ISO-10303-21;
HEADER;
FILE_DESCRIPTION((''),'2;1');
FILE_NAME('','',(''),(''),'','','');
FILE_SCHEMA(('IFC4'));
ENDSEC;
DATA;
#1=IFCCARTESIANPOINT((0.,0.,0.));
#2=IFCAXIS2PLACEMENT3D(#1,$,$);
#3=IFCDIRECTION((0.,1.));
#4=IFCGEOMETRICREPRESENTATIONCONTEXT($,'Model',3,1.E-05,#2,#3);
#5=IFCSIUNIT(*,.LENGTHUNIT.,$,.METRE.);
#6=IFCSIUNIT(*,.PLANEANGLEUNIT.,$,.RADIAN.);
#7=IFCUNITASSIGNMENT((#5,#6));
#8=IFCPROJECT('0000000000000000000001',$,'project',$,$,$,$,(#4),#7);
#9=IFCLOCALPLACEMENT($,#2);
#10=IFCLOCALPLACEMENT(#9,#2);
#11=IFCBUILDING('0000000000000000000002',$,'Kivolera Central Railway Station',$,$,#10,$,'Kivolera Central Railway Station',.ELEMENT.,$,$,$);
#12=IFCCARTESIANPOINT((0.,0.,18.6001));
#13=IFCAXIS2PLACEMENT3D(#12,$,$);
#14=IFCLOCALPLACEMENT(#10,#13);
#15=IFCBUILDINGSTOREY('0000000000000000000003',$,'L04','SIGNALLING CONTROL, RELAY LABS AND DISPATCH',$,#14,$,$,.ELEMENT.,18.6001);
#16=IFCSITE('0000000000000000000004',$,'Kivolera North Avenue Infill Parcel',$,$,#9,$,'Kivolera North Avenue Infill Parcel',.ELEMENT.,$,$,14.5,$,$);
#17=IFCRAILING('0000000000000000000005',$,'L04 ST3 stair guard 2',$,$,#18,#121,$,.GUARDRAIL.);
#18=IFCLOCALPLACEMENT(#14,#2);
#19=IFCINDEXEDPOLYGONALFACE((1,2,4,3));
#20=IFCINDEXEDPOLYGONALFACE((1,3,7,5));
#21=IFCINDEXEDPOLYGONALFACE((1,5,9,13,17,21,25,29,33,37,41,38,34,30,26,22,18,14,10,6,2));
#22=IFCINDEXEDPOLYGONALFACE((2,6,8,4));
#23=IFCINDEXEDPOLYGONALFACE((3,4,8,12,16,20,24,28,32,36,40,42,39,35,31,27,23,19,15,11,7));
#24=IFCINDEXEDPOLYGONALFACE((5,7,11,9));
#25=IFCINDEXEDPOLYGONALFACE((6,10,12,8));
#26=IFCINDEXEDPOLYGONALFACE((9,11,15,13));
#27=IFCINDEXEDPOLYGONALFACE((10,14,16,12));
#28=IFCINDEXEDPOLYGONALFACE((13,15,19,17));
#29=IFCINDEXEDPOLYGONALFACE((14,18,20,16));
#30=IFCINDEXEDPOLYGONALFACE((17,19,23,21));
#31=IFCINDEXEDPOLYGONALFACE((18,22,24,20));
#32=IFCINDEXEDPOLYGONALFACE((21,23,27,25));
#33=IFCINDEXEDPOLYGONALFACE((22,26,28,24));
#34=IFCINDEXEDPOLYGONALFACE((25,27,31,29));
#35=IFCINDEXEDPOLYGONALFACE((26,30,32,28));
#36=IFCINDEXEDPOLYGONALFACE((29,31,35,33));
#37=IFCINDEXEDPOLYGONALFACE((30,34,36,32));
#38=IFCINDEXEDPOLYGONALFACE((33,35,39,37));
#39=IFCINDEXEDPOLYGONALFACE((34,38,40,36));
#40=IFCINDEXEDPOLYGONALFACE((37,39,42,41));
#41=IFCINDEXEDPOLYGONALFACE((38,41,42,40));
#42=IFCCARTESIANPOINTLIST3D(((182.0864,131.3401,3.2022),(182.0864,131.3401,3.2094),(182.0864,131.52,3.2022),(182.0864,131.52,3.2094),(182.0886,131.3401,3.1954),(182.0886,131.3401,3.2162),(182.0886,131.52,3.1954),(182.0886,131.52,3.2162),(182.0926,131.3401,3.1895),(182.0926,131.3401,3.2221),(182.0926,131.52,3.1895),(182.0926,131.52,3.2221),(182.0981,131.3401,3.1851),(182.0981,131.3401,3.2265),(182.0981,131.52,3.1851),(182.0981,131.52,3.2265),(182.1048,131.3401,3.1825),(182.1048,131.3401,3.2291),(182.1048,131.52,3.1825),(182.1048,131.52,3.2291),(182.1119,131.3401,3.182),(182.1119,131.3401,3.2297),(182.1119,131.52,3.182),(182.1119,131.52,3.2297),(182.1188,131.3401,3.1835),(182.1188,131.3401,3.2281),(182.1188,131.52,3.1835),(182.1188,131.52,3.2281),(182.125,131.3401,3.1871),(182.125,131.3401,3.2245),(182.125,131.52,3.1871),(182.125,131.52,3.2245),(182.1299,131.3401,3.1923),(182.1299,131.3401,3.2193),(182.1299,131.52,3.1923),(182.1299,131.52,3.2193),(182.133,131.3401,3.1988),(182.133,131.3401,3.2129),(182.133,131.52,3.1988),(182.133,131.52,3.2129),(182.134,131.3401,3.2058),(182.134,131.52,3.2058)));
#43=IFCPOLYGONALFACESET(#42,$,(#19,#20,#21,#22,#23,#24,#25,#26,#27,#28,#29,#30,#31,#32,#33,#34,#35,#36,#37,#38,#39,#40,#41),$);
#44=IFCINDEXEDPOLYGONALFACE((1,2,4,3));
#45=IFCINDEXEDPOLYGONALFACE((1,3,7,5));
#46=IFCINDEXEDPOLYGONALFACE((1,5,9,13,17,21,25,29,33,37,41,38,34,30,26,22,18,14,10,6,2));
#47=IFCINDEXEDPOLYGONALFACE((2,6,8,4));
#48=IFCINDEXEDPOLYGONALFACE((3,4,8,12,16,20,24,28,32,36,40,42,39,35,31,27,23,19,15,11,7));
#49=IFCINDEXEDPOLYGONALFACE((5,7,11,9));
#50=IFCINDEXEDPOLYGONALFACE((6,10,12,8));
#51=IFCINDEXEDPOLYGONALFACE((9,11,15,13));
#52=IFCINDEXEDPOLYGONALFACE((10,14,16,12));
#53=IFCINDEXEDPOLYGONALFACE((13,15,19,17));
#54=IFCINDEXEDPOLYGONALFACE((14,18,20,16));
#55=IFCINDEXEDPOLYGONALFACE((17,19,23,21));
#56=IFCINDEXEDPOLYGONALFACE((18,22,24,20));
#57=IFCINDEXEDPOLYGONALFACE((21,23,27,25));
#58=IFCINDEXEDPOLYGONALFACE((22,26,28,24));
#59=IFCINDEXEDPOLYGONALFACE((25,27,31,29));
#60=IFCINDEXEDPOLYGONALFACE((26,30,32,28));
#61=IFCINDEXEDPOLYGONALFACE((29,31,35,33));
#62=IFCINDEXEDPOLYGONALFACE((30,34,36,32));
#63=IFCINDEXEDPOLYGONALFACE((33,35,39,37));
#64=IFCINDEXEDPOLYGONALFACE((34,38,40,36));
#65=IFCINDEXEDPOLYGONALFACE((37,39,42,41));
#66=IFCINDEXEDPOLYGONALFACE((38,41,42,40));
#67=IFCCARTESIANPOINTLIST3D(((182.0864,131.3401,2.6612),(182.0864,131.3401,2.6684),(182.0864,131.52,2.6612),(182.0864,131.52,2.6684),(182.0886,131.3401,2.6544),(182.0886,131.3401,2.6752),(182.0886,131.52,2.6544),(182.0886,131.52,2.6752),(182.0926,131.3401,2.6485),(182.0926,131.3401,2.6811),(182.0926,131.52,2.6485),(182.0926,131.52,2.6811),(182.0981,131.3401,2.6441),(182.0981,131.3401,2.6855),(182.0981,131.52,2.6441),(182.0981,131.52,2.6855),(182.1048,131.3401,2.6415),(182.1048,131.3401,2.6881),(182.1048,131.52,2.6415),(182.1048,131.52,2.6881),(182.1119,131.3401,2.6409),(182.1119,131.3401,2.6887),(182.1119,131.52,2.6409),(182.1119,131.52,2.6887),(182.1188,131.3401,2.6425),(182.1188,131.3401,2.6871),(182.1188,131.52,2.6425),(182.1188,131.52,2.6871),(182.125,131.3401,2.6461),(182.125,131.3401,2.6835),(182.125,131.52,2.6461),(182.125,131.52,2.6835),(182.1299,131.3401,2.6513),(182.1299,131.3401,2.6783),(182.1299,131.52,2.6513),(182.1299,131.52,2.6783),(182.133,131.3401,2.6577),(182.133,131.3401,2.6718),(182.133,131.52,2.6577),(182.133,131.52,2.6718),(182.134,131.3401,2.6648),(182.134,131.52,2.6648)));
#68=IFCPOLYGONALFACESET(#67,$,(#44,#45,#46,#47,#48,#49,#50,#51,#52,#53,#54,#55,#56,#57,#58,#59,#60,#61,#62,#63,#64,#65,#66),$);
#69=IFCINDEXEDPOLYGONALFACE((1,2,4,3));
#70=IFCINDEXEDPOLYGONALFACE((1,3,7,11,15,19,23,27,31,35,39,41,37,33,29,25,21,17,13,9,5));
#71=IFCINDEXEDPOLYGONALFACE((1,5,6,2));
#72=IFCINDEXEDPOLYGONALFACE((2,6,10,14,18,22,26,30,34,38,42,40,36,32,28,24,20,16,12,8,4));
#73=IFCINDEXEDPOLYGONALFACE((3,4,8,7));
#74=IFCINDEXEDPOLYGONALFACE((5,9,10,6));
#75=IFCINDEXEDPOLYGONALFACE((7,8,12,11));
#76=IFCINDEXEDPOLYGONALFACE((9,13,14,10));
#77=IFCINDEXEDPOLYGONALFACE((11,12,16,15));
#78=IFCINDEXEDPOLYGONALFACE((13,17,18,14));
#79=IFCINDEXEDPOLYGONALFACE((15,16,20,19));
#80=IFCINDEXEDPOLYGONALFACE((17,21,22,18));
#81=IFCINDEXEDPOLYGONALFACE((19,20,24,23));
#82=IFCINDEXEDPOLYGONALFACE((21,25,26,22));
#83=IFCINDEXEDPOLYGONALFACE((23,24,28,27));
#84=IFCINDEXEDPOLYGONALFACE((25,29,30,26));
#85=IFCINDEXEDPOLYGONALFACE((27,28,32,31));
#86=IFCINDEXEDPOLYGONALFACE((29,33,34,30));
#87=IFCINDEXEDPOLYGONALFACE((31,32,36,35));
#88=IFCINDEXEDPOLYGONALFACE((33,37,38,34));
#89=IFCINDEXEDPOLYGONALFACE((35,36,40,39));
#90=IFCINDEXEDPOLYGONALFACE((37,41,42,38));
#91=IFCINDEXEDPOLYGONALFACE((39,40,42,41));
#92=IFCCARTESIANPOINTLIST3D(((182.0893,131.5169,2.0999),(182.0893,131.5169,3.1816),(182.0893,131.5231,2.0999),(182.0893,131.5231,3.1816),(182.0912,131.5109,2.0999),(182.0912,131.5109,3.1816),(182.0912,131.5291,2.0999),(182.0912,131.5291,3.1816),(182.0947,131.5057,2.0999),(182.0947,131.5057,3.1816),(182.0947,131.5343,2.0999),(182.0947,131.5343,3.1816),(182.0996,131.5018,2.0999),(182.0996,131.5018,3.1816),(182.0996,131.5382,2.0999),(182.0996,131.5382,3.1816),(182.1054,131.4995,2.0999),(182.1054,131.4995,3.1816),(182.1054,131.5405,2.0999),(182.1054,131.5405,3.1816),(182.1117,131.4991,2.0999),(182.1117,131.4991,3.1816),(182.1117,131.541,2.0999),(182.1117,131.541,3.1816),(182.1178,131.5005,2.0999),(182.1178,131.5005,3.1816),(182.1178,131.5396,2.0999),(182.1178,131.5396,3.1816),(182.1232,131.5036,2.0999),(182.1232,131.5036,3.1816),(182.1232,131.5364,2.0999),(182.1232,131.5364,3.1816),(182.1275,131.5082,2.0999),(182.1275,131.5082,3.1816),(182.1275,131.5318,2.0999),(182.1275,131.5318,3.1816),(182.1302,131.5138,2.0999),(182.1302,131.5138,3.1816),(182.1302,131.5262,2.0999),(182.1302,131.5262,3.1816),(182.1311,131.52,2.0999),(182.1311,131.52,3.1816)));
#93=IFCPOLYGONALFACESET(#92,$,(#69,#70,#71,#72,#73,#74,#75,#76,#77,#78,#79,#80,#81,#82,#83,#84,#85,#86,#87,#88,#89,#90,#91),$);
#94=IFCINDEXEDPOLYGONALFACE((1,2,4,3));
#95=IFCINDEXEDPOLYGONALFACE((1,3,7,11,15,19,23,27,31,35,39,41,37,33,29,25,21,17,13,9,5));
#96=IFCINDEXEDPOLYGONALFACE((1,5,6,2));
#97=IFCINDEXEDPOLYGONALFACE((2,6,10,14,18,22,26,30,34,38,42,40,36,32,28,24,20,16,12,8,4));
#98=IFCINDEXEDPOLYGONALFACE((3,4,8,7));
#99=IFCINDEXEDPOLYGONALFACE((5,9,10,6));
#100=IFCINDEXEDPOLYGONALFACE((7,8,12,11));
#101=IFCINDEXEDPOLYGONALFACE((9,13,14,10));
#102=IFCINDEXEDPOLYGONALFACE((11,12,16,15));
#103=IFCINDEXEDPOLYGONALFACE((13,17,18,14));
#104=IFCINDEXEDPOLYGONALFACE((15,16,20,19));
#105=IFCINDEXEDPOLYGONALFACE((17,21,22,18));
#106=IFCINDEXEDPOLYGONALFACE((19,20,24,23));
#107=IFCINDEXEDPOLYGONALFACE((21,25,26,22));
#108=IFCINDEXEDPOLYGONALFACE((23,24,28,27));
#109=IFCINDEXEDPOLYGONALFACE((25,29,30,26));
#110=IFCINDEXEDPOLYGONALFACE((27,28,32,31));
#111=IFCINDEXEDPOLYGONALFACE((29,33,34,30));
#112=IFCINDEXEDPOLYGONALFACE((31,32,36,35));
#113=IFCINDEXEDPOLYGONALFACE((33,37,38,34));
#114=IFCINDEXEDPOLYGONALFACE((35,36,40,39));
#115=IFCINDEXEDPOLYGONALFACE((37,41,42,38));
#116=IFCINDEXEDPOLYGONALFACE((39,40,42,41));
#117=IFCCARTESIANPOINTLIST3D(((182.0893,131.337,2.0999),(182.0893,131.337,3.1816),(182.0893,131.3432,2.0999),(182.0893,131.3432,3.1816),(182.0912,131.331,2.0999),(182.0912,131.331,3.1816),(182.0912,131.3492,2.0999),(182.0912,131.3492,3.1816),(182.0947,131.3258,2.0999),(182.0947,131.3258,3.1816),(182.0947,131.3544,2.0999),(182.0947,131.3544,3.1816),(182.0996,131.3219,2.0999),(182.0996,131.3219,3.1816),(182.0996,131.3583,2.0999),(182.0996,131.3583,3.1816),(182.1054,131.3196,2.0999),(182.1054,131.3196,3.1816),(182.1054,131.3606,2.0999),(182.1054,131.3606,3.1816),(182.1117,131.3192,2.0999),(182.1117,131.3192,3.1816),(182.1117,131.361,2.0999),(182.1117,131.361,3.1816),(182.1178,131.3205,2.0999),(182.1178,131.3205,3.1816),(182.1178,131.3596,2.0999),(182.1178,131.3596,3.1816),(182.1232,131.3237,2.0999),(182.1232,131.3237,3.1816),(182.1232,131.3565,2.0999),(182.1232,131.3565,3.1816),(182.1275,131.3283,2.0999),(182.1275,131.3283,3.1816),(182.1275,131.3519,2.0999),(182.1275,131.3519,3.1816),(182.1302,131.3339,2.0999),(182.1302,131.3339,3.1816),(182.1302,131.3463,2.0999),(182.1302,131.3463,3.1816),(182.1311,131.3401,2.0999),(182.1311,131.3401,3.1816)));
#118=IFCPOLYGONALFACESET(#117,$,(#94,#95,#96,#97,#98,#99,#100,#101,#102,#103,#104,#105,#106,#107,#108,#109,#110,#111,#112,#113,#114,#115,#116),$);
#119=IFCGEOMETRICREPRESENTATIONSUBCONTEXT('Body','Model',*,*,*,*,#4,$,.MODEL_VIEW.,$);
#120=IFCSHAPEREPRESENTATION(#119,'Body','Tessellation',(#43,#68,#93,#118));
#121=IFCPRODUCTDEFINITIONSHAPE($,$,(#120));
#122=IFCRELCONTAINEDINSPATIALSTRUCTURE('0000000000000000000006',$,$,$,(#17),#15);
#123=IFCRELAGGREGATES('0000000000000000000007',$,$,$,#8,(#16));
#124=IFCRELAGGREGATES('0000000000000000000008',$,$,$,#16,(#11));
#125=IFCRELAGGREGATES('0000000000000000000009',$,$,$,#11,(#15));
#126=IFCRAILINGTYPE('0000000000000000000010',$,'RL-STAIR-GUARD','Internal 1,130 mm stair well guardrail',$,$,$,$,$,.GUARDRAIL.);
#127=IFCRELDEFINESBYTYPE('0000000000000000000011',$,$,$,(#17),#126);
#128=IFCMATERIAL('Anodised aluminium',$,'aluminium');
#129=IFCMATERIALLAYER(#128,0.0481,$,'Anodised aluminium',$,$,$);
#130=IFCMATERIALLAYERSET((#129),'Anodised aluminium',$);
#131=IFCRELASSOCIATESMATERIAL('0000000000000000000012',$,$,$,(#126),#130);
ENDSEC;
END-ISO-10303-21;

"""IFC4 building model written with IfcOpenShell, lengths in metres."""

from ifc_helpers import new_model, si_unit, direction, frame, origin, origin_2d, place, context, subcontext, project, spatial, circle, extrude, material, layer, layer_set, type_object, element, save


model = new_model("IFC4")

# Units and contexts
model_context = context("Model", 3, precision=1e-05, world=origin(), true_north=direction((0.0, 1.0)))
body_context = subcontext(model_context, "Body", "Model", "MODEL_VIEW")
ifc_project = project(units=[si_unit("LENGTHUNIT", "METRE"), si_unit("PLANEANGLEUNIT", "RADIAN")], contexts=[model_context])

# Site, building, storey
site_placement = place(None, origin())
site = spatial("IfcSite", under=ifc_project, at=site_placement, Name="Kivolera North Avenue Infill Parcel", LongName="Kivolera North Avenue Infill Parcel", CompositionType="ELEMENT", RefElevation=14.5)
building_placement = place(site_placement, origin())
building = spatial("IfcBuilding", under=site, at=building_placement, Name="Kivolera Central Railway Station", LongName="Kivolera Central Railway Station", CompositionType="ELEMENT")
storey_placement = place(building_placement, frame((0.0, 0.0, 18.6001)))
storey = spatial("IfcBuildingStorey", under=building, at=storey_placement, Name="L04", Description="SIGNALLING CONTROL, RELAY LABS AND DISPATCH", CompositionType="ELEMENT", Elevation=18.6001)

# Shared definitions
ifc_material_1 = material(Name="Anodised aluminium", Category="aluminium")

# Railing
ifc_layer_1 = layer(ifc_material_1, 0.0481, Name="Anodised aluminium")
ifc_layer_set_1 = layer_set([ifc_layer_1], Name="Anodised aluminium")
railing_type_1 = type_object("IfcRailingType", Name="RL-STAIR-GUARD", Description="Internal 1,130 mm stair well guardrail", PredefinedType="GUARDRAIL", material=ifc_layer_set_1)
railing_1_placement = place(storey_placement, frame((182.1101, 131.52, 2.0999)))
element("IfcRailing", 1, at=railing_1_placement, inside=storey, type_object=railing_type_1, Name="L04 ST3 stair guard 2", PredefinedType="GUARDRAIL", context=body_context, shape_type="SweptSolid", body=[
    extrude(circle(Radius=0.0239, at=origin_2d()), frame((0.0, 0.0, 1.106), z_axis=(0.0, -1.0, 0.0), x_axis=(1.0, 0.0, 0.0)), (0.0, 0.0, 1.0), 0.1799),
    extrude(circle(Radius=0.0239, at=origin_2d()), frame((0.0, 0.0, 0.5649), z_axis=(0.0, -1.0, 0.0), x_axis=(1.0, 0.0, 0.0)), (0.0, 0.0, 1.0), 0.1799),
    extrude(circle(Radius=0.021, at=origin_2d()), origin(), (0.0, 0.0, 1.0), 1.0818),
    extrude(circle(Radius=0.021, at=origin_2d()), frame((0.0, -0.1799, 0.0)), (0.0, 0.0, 1.0), 1.0818),
])

save(model, "model.ifc")
